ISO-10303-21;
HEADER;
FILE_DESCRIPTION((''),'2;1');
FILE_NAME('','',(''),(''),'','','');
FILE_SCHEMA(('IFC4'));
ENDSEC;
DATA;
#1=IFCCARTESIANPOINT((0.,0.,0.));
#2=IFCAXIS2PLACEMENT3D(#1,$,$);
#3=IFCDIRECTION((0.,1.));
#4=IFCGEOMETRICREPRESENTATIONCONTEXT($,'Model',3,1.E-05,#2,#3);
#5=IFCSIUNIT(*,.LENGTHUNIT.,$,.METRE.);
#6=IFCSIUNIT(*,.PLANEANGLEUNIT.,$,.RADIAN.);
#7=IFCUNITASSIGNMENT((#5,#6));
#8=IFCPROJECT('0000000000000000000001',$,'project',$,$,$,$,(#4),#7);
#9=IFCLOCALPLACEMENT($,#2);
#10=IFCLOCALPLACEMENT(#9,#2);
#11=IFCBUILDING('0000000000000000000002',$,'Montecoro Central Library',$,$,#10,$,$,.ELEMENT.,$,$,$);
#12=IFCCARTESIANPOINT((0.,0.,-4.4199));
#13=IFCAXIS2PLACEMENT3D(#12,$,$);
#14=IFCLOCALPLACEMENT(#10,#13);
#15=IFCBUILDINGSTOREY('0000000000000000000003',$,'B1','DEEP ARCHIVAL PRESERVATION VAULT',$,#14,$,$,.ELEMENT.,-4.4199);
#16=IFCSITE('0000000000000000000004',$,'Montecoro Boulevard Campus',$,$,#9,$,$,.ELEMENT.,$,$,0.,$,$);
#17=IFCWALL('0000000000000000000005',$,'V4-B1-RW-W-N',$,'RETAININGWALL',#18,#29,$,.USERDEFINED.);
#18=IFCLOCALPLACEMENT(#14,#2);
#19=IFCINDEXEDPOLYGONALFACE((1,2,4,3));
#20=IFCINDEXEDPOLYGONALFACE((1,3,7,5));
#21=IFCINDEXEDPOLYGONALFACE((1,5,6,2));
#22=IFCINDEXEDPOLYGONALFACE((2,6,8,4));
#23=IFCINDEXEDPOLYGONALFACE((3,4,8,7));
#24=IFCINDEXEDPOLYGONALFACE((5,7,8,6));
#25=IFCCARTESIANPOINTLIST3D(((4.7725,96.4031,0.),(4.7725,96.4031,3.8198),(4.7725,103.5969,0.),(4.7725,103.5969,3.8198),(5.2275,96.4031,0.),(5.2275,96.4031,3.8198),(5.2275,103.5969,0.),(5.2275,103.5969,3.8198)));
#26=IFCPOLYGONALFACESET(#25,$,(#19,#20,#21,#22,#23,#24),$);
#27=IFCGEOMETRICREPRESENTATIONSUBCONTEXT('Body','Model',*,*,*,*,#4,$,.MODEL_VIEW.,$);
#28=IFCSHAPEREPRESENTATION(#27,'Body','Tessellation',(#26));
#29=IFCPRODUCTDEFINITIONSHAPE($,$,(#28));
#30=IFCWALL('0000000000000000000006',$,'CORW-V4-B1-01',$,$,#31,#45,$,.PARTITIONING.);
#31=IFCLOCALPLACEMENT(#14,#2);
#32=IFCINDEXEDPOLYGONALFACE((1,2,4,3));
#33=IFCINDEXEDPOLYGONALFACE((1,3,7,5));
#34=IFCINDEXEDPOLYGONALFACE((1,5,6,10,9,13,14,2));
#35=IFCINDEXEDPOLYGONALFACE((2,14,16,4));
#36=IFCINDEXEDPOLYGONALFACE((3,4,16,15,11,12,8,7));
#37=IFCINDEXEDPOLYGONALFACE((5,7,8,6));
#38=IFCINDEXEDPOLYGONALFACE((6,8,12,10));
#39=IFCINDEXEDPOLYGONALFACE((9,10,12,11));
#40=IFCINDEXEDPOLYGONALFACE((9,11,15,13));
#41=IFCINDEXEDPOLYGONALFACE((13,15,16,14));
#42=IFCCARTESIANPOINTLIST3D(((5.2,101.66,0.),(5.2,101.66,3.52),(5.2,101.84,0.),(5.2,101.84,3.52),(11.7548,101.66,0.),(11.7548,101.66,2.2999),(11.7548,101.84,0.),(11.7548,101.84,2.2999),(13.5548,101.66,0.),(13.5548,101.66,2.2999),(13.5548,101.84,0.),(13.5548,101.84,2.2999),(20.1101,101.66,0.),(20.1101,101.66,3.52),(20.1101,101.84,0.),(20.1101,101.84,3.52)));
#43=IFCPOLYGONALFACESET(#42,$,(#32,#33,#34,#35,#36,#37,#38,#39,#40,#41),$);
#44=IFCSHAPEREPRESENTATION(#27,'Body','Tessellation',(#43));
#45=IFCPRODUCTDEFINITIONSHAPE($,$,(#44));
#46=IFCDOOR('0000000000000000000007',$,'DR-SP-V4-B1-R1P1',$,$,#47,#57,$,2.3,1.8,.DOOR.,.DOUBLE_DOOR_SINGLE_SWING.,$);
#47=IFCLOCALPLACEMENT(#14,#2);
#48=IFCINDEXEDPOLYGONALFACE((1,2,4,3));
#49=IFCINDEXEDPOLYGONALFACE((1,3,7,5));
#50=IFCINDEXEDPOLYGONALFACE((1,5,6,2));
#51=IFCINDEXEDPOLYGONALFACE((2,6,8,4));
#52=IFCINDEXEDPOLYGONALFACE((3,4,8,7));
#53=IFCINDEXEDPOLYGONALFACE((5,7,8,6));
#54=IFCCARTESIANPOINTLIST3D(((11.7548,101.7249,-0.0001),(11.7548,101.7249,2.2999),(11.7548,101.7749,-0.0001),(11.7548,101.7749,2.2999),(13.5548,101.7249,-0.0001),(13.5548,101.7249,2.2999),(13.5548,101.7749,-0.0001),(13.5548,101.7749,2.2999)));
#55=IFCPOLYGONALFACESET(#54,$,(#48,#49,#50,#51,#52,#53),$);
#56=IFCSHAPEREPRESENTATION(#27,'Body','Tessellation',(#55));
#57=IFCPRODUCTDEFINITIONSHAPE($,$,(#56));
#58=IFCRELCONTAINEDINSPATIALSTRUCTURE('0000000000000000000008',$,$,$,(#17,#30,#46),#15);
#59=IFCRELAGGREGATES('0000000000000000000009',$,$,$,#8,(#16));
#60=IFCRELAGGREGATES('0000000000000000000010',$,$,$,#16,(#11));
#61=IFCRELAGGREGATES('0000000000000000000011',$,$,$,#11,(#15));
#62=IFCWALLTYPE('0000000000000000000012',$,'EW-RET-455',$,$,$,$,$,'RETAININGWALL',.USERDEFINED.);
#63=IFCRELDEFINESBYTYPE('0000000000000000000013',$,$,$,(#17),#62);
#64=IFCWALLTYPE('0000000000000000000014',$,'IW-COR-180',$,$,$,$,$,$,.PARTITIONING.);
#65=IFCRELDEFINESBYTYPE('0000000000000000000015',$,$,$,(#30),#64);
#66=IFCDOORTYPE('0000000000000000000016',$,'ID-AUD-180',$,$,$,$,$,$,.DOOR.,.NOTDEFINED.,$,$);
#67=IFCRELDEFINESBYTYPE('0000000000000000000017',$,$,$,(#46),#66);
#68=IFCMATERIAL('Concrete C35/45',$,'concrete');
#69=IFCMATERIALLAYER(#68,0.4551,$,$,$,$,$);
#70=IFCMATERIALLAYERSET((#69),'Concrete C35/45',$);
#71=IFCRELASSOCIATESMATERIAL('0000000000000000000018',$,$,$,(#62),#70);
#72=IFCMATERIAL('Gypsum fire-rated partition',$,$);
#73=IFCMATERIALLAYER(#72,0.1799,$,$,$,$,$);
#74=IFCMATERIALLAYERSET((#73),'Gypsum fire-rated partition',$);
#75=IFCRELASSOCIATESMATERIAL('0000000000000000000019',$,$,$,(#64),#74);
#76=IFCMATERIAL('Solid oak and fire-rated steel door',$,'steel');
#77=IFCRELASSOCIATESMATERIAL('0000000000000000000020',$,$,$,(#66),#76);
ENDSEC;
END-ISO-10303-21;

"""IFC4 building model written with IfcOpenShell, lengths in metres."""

from ifc_helpers import new_model, si_unit, direction, frame, frame_2d, origin, place, context, subcontext, project, spatial, rectangle, extrude, material, layer, layer_set, type_object, element, fill, save


model = new_model("IFC4")

# Units and contexts
model_context = context("Model", 3, precision=1e-05, world=origin(), true_north=direction((0.0, 1.0)))
body_context = subcontext(model_context, "Body", "Model", "MODEL_VIEW")
ifc_project = project(units=[si_unit("LENGTHUNIT", "METRE"), si_unit("PLANEANGLEUNIT", "RADIAN")], contexts=[model_context])

# Site, building, storey
site_placement = place(None, origin())
site = spatial("IfcSite", under=ifc_project, at=site_placement, Name="Montecoro Boulevard Campus", CompositionType="ELEMENT", RefElevation=0.0)
building_placement = place(site_placement, origin())
building = spatial("IfcBuilding", under=site, at=building_placement, Name="Montecoro Central Library", CompositionType="ELEMENT")
storey_placement = place(building_placement, frame((0.0, 0.0, -4.4199)))
storey = spatial("IfcBuildingStorey", under=building, at=storey_placement, Name="B1", Description="DEEP ARCHIVAL PRESERVATION VAULT", CompositionType="ELEMENT", Elevation=-4.4199)

# Shared definitions
ifc_material_1 = material(Name="Concrete C35/45", Category="concrete")

# Wall
ifc_layer_1 = layer(ifc_material_1, 0.4551)
ifc_layer_set_1 = layer_set([ifc_layer_1], Name="Concrete C35/45")
wall_type_1 = type_object("IfcWallType", Name="EW-RET-455", ElementType="RETAININGWALL", PredefinedType="USERDEFINED", material=ifc_layer_set_1)
wall_1_placement = place(storey_placement, frame((5.0, 96.4031, 0.0), z_axis=(0.0, 0.0, 1.0), x_axis=(0.0, 1.0, 0.0)))
element("IfcWall", 1, at=wall_1_placement, inside=storey, type_object=wall_type_1, Name="V4-B1-RW-W-N", ObjectType="RETAININGWALL", PredefinedType="USERDEFINED", context=body_context, shape_type="SweptSolid", body=[
    extrude(rectangle(XDim=7.1938, YDim=0.4551, at=frame_2d((3.5969, 0.0))), origin(), (0.0, 0.0, 1.0), 3.8198),
])

# Wall, opening, door
ifc_material_2 = material(Name="Gypsum fire-rated partition")
ifc_layer_2 = layer(ifc_material_2, 0.1799)
ifc_layer_set_2 = layer_set([ifc_layer_2], Name="Gypsum fire-rated partition")
wall_type_2 = type_object("IfcWallType", Name="IW-COR-180", PredefinedType="PARTITIONING", material=ifc_layer_set_2)
wall_2_placement = place(storey_placement, frame((5.2, 101.75, 0.0), z_axis=(0.0, 0.0, 1.0), x_axis=(1.0, 0.0, 0.0)))
wall_2 = element("IfcWall", 2, at=wall_2_placement, inside=storey, type_object=wall_type_2, Name="CORW-V4-B1-01", PredefinedType="PARTITIONING", context=body_context, shape_type="SweptSolid", body=[
    extrude(rectangle(XDim=14.9102, YDim=0.1799, at=frame_2d((7.4551, 0.0))), origin(), (0.0, 0.0, 1.0), 3.52),
])
opening_placement = place(wall_2_placement, frame((6.5549, 0.0, 0.0)))
opening = element("IfcOpeningElement", 3, at=opening_placement, cuts=wall_2, PredefinedType="OPENING", context=body_context, shape_type="SweptSolid", body=[
    extrude(rectangle(XDim=1.8, YDim=2.3, at=frame_2d((0.8999, 1.1499))), frame((0.0, 0.0999, 0.0), z_axis=(0.0, -1.0, 0.0), x_axis=(1.0, 0.0, 0.0)), (0.0, 0.0, 1.0), 0.2),
])
ifc_material_3 = material(Name="Solid oak and fire-rated steel door", Category="steel")
door_type = type_object("IfcDoorType", Name="ID-AUD-180", OperationType="NOTDEFINED", PredefinedType="DOOR", material=ifc_material_3)
door_placement = place(opening_placement, origin())
door = element("IfcDoor", 4, at=door_placement, inside=storey, type_object=door_type, Name="DR-SP-V4-B1-R1P1", OperationType="DOUBLE_DOOR_SINGLE_SWING", OverallHeight=2.3, OverallWidth=1.8, PredefinedType="DOOR", context=body_context, shape_type="SweptSolid", body=[
    extrude(rectangle(XDim=1.8, YDim=2.3, at=frame_2d((0.8999, 1.1499))), frame((0.0, 0.0249, 0.0), z_axis=(0.0, -1.0, 0.0), x_axis=(1.0, 0.0, 0.0)), (0.0, 0.0, 1.0), 0.05),
])
fill(opening, door)

save(model, "model.ifc")
